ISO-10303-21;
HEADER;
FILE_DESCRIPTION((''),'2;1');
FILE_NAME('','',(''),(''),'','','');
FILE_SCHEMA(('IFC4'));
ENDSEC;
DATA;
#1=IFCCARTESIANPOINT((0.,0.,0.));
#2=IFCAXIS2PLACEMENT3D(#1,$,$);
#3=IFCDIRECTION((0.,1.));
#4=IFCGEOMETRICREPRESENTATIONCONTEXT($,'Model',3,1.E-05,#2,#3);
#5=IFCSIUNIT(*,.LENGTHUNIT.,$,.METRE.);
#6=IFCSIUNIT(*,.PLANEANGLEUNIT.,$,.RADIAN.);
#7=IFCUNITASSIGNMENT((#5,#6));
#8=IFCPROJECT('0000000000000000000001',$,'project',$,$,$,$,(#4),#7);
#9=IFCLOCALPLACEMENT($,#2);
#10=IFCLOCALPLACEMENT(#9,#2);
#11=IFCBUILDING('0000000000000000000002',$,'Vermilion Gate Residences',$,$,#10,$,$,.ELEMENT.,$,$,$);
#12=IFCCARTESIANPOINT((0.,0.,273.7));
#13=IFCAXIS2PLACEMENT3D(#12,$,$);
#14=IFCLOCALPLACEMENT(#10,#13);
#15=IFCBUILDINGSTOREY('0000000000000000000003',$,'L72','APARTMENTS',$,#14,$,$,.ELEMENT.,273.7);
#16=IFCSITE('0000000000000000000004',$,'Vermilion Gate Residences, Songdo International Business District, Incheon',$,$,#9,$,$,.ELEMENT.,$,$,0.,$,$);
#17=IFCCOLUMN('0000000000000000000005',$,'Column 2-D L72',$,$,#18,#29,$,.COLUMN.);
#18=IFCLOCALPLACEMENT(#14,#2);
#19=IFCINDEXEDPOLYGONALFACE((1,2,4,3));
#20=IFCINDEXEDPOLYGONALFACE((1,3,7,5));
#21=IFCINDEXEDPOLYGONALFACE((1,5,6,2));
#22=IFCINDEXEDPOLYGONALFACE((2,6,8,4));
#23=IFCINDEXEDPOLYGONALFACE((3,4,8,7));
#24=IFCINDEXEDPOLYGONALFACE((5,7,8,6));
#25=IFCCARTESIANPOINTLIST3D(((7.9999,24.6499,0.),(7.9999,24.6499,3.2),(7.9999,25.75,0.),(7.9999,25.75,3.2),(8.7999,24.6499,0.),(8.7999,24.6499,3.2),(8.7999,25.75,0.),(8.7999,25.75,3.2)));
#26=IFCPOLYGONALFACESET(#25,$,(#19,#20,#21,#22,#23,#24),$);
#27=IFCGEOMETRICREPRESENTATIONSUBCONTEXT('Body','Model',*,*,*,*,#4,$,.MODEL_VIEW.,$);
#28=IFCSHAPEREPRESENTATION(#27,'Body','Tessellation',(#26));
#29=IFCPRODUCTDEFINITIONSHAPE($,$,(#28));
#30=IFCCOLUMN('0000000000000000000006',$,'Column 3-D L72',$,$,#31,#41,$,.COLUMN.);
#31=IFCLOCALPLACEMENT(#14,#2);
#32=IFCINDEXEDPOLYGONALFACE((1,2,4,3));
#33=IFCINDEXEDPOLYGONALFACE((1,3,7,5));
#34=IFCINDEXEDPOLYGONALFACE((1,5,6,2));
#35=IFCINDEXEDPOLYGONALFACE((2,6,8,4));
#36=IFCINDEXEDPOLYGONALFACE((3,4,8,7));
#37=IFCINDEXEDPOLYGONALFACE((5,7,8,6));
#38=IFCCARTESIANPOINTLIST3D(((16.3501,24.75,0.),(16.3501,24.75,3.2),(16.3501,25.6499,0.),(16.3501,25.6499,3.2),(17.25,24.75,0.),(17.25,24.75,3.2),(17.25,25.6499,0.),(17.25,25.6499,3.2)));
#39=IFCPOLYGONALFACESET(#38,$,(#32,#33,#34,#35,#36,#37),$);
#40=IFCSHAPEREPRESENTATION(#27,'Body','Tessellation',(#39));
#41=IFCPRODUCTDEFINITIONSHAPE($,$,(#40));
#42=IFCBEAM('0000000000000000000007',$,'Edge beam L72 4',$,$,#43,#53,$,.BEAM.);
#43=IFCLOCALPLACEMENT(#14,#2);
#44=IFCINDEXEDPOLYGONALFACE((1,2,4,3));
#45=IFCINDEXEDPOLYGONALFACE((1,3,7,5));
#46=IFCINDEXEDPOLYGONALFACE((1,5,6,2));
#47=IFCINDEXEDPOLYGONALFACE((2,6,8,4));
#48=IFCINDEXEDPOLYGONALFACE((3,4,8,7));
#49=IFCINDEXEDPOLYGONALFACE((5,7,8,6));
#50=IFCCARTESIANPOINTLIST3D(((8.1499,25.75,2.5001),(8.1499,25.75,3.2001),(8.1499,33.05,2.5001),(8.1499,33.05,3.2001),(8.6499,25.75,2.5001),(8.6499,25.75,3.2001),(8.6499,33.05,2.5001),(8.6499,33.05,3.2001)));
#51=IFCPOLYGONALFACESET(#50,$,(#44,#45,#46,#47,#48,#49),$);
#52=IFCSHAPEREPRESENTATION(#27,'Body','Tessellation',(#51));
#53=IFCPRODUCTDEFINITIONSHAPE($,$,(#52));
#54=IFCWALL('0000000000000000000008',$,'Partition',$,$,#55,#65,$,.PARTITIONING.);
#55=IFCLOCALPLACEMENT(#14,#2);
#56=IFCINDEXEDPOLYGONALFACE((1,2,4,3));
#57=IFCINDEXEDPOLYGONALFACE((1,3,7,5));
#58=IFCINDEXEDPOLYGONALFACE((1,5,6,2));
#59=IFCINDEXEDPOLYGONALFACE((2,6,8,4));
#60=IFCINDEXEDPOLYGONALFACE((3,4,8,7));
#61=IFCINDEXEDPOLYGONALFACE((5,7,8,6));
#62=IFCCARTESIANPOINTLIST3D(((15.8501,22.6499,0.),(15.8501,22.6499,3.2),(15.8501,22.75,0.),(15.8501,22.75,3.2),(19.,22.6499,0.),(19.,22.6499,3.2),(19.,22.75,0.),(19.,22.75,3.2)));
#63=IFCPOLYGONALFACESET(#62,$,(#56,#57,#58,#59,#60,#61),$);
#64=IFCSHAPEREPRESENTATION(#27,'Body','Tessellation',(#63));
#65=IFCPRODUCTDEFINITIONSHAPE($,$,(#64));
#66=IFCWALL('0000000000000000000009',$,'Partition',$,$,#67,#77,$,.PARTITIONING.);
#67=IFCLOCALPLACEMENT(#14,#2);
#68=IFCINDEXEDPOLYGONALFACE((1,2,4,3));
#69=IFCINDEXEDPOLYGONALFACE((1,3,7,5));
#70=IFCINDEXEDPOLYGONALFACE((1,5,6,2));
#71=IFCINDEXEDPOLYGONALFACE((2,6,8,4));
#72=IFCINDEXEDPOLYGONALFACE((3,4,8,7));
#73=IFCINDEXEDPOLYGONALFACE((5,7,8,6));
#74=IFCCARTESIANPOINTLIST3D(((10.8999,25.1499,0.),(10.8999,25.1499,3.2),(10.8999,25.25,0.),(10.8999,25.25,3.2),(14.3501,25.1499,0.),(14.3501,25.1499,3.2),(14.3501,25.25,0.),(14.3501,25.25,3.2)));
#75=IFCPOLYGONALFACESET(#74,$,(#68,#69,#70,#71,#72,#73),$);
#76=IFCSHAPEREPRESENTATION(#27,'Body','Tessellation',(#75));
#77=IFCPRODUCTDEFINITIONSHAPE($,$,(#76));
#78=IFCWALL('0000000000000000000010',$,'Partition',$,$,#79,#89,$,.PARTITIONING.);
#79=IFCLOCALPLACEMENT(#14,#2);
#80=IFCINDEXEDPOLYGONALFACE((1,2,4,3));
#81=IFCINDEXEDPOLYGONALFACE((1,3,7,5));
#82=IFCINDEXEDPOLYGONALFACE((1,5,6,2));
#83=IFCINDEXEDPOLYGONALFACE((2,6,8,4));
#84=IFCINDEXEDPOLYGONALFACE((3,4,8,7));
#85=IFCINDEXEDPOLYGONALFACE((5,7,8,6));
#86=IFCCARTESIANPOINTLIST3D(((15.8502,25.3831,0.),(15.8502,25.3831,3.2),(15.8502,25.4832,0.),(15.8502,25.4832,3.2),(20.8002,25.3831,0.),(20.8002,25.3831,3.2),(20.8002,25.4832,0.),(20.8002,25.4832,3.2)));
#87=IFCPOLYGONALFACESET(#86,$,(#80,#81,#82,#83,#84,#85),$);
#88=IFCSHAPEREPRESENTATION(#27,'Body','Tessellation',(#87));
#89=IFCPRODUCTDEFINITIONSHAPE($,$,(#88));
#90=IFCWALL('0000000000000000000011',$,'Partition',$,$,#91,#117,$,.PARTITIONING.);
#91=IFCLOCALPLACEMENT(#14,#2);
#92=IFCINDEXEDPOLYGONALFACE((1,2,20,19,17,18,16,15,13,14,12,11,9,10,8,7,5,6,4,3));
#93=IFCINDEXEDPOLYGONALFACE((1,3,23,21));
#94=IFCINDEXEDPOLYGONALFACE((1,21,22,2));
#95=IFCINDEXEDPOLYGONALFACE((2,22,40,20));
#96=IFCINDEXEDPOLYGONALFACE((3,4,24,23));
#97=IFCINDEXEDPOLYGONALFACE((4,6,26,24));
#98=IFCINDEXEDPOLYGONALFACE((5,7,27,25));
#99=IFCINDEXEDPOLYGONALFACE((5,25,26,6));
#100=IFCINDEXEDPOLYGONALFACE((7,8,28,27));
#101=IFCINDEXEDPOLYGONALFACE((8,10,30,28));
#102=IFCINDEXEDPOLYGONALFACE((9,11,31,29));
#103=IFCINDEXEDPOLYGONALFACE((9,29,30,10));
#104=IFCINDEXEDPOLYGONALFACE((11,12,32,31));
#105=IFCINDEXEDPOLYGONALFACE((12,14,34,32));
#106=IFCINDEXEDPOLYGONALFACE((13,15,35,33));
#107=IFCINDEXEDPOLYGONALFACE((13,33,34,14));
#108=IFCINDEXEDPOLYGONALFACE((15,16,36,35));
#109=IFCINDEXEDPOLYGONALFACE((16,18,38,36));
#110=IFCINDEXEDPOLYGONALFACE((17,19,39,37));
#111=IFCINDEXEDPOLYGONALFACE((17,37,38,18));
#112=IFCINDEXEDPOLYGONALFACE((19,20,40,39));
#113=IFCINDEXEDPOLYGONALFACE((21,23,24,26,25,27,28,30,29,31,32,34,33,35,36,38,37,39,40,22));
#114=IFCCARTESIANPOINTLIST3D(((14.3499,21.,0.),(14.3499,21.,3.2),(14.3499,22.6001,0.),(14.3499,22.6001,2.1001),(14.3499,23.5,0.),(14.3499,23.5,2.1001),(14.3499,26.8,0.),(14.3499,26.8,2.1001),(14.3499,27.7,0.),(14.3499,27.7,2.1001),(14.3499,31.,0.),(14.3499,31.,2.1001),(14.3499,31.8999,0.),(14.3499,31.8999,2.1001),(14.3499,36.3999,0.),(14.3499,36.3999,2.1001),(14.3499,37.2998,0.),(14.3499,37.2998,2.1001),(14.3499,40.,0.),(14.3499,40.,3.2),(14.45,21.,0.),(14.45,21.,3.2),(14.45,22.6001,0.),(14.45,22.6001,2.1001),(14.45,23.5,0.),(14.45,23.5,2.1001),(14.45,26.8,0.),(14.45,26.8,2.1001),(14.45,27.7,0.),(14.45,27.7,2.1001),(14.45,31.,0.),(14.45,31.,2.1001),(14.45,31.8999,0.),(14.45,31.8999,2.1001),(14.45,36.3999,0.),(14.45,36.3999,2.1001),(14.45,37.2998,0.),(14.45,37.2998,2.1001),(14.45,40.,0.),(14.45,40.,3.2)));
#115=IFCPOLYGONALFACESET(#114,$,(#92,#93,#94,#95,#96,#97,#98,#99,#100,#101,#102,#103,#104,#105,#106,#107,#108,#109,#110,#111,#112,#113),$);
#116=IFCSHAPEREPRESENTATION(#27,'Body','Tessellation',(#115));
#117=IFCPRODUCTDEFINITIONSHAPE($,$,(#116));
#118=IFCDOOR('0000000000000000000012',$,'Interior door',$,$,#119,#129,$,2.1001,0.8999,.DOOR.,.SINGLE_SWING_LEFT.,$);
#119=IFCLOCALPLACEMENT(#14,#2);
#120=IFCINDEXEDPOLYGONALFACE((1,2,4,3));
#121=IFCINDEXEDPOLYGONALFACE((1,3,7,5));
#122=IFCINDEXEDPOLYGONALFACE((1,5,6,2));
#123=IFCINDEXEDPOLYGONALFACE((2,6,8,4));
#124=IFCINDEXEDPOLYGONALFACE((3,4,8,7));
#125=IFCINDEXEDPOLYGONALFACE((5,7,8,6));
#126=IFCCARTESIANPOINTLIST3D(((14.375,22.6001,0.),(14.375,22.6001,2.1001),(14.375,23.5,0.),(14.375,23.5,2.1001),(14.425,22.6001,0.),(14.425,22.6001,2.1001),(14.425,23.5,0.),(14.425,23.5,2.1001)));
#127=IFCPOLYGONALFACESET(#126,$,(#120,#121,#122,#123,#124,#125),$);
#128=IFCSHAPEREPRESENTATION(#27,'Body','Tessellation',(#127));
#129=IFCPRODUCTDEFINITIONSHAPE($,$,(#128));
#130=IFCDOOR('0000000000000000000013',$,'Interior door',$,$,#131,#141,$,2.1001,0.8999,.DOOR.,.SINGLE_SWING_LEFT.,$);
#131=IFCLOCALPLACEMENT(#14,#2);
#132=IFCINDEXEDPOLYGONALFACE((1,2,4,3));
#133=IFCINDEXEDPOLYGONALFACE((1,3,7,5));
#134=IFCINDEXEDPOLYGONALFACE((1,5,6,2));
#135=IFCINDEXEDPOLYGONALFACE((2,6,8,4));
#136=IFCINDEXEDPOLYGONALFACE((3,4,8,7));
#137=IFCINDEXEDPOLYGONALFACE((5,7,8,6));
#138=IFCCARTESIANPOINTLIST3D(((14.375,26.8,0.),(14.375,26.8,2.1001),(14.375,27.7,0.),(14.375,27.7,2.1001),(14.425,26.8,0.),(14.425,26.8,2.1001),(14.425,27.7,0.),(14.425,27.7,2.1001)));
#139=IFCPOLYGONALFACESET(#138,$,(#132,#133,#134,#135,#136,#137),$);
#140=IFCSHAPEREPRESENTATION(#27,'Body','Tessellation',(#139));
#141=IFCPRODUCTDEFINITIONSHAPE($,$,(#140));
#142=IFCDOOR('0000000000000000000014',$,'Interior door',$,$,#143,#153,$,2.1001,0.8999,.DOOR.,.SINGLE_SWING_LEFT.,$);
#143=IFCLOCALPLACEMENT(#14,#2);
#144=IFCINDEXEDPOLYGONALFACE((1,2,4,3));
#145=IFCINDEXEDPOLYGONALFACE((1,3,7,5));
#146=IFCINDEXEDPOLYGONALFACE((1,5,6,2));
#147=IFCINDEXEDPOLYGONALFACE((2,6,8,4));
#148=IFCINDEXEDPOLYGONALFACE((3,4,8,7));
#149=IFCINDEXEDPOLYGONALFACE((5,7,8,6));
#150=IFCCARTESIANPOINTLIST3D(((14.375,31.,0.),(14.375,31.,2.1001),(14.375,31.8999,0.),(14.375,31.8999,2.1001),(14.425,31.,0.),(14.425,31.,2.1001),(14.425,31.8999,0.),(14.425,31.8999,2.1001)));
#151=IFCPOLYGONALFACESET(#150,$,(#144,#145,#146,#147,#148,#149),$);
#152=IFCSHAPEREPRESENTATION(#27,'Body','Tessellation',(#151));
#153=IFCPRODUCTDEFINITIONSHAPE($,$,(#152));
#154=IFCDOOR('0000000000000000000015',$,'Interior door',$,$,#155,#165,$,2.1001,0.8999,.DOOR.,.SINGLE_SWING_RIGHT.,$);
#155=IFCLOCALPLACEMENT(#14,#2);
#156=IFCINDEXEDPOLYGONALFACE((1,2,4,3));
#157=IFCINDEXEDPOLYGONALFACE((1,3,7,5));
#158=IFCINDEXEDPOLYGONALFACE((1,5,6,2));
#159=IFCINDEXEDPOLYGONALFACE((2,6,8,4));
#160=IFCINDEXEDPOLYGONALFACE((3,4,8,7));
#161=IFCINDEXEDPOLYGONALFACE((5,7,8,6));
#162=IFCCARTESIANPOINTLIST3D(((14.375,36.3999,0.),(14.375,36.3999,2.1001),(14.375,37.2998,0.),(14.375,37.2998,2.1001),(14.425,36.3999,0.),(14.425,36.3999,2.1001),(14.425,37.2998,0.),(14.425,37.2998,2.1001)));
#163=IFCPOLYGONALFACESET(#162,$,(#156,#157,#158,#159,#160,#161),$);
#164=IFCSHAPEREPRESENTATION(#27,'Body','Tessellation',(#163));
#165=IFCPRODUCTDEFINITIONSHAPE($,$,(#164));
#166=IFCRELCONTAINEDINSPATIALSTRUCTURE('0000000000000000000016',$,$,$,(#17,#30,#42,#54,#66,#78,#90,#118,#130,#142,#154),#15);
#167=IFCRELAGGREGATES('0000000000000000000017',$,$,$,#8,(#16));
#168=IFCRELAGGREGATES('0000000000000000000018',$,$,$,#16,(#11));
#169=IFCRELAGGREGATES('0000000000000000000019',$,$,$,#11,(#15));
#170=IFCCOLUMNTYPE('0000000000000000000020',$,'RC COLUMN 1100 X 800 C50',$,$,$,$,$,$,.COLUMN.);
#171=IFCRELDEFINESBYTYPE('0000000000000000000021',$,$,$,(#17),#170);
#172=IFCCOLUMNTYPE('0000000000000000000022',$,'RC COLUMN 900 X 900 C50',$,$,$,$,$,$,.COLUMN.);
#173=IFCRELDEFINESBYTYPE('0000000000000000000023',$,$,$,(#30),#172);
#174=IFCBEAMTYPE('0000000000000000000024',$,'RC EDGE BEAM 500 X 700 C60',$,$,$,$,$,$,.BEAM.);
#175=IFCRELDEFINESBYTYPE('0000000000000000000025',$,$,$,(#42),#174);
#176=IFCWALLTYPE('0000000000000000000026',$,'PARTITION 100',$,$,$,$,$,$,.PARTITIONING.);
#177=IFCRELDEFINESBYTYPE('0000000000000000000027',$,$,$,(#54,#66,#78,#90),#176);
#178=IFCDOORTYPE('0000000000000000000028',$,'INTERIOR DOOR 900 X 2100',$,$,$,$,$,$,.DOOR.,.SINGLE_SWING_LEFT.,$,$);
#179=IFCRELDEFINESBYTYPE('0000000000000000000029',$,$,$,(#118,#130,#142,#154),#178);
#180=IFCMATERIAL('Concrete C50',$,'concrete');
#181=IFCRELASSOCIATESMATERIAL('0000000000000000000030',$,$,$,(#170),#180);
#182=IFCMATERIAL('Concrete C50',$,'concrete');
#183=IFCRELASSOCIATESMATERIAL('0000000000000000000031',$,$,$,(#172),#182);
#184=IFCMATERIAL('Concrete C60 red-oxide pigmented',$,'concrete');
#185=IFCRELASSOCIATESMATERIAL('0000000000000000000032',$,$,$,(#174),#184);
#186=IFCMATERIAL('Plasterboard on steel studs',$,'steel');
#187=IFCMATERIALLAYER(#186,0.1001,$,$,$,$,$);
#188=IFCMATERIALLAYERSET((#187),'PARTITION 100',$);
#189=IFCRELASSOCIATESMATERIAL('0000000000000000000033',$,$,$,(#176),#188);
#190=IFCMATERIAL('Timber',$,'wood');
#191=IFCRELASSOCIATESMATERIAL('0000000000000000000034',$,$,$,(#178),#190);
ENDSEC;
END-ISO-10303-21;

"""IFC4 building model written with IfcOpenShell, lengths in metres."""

from ifc_helpers import new_model, si_unit, direction, frame, frame_2d, origin, origin_2d, place, context, subcontext, project, spatial, rectangle, extrude, material, layer, layer_set, material_profile, profile_set, type_object, element, fill, save


model = new_model("IFC4")

# Units and contexts
model_context = context("Model", 3, precision=1e-05, world=origin(), true_north=direction((0.0, 1.0)))
body_context = subcontext(model_context, "Body", "Model", "MODEL_VIEW")
ifc_project = project(units=[si_unit("LENGTHUNIT", "METRE"), si_unit("PLANEANGLEUNIT", "RADIAN")], contexts=[model_context])

# Site, building, storey
site_placement = place(None, origin())
site = spatial("IfcSite", under=ifc_project, at=site_placement, Name="Vermilion Gate Residences, Songdo International Business District, Incheon", CompositionType="ELEMENT", RefElevation=0.0)
building_placement = place(site_placement, origin())
building = spatial("IfcBuilding", under=site, at=building_placement, Name="Vermilion Gate Residences", CompositionType="ELEMENT")
storey_placement = place(building_placement, frame((0.0, 0.0, 273.7)))
storey = spatial("IfcBuildingStorey", under=building, at=storey_placement, Name="L72", Description="APARTMENTS", CompositionType="ELEMENT", Elevation=273.7)

# Columns
ifc_material_1 = material(Name="Concrete C50", Category="concrete")
ifc_material_profile_1 = material_profile(ifc_material_1, rectangle(XDim=1.1001, YDim=0.8, at=origin_2d()), Name="RC-1100x800")
ifc_profile_set_1 = profile_set([ifc_material_profile_1], Name="Concrete C50")
column_type_1 = type_object("IfcColumnType", Name="RC COLUMN 1100 X 800 C50", PredefinedType="COLUMN", material=ifc_profile_set_1)
column_1_placement = place(storey_placement, frame((8.3999, 25.2, 0.0), z_axis=(0.0, 0.0, 1.0), x_axis=(0.0, 1.0, 0.0)))
element("IfcColumn", 1, at=column_1_placement, inside=storey, type_object=column_type_1, Name="Column 2-D L72", PredefinedType="COLUMN", context=body_context, shape_type="SweptSolid", body=[
    extrude(rectangle(XDim=1.1001, YDim=0.8, at=origin_2d()), origin(), (0.0, 0.0, 1.0), 3.2),
])
ifc_material_2 = material(Name="Concrete C50", Category="concrete")
ifc_material_profile_2 = material_profile(ifc_material_2, rectangle(XDim=0.8999, YDim=0.8999, at=origin_2d()), Name="RC-900x900")
ifc_profile_set_2 = profile_set([ifc_material_profile_2], Name="Concrete C50")
column_type_2 = type_object("IfcColumnType", Name="RC COLUMN 900 X 900 C50", PredefinedType="COLUMN", material=ifc_profile_set_2)
column_2_placement = place(storey_placement, frame((16.8, 25.2, 0.0), z_axis=(0.0, 0.0, 1.0), x_axis=(1.0, 0.0, 0.0)))
element("IfcColumn", 2, at=column_2_placement, inside=storey, type_object=column_type_2, Name="Column 3-D L72", PredefinedType="COLUMN", context=body_context, shape_type="SweptSolid", body=[
    extrude(rectangle(XDim=0.8999, YDim=0.8999, at=origin_2d()), origin(), (0.0, 0.0, 1.0), 3.2),
])

# Beam
ifc_material_3 = material(Name="Concrete C60 red-oxide pigmented", Category="concrete")
ifc_material_profile_3 = material_profile(ifc_material_3, rectangle(XDim=0.5, YDim=0.7, at=origin_2d()), Name="RC-500x700")
ifc_profile_set_3 = profile_set([ifc_material_profile_3], Name="Concrete C60 red-oxide pigmented")
beam_type = type_object("IfcBeamType", Name="RC EDGE BEAM 500 X 700 C60", PredefinedType="BEAM", material=ifc_profile_set_3)
beam_placement = place(storey_placement, frame((8.3999, 25.75, 2.8501), z_axis=(0.0, 1.0, 0.0), x_axis=(-1.0, 0.0, 0.0)))
element("IfcBeam", 3, at=beam_placement, inside=storey, type_object=beam_type, Name="Edge beam L72 4", PredefinedType="BEAM", context=body_context, shape_type="SweptSolid", body=[
    extrude(rectangle(XDim=0.5, YDim=0.7, at=origin_2d()), origin(), (0.0, 0.0, 1.0), 7.3),
])

# Walls
ifc_material_4 = material(Name="Plasterboard on steel studs", Category="steel")
ifc_layer_1 = layer(ifc_material_4, 0.1001)
ifc_layer_set_1 = layer_set([ifc_layer_1], Name="PARTITION 100")
wall_type_1 = type_object("IfcWallType", Name="PARTITION 100", PredefinedType="PARTITIONING", material=ifc_layer_set_1)
wall_1_placement = place(storey_placement, frame((15.8501, 22.7, 0.0), z_axis=(0.0, 0.0, 1.0), x_axis=(1.0, 0.0, 0.0)))
element("IfcWall", 4, at=wall_1_placement, inside=storey, type_object=wall_type_1, Name="Partition", PredefinedType="PARTITIONING", context=body_context, shape_type="SweptSolid", body=[
    extrude(rectangle(XDim=3.1499, YDim=0.1001, at=frame_2d((1.575, 0.0))), origin(), (0.0, 0.0, 1.0), 3.2),
])
wall_2_placement = place(storey_placement, frame((10.8999, 25.2, 0.0), z_axis=(0.0, 0.0, 1.0), x_axis=(1.0, 0.0, 0.0)))
element("IfcWall", 5, at=wall_2_placement, inside=storey, type_object=wall_type_1, Name="Partition", PredefinedType="PARTITIONING", context=body_context, shape_type="SweptSolid", body=[
    extrude(rectangle(XDim=3.4502, YDim=0.1001, at=frame_2d((1.7251, 0.0))), origin(), (0.0, 0.0, 1.0), 3.2),
])
wall_3_placement = place(storey_placement, frame((15.8501, 25.4331, 0.0), z_axis=(0.0, 0.0, 1.0), x_axis=(1.0, 0.0, 0.0)))
element("IfcWall", 6, at=wall_3_placement, inside=storey, type_object=wall_type_1, Name="Partition", PredefinedType="PARTITIONING", context=body_context, shape_type="SweptSolid", body=[
    extrude(rectangle(XDim=4.95, YDim=0.1001, at=frame_2d((2.4751, 0.0))), origin(), (0.0, 0.0, 1.0), 3.2),
])

# Wall, openings, doors
wall_4_placement = place(storey_placement, frame((14.3999, 21.0, 0.0), z_axis=(0.0, 0.0, 1.0), x_axis=(0.0, 1.0, 0.0)))
wall_4 = element("IfcWall", 7, at=wall_4_placement, inside=storey, type_object=wall_type_1, Name="Partition", PredefinedType="PARTITIONING", context=body_context, shape_type="SweptSolid", body=[
    extrude(rectangle(XDim=19.0, YDim=0.1001, at=frame_2d((9.5, 0.0))), origin(), (0.0, 0.0, 1.0), 3.2),
])
opening_1_placement = place(wall_4_placement, frame((1.6001, 0.0, 0.0)))
opening_1 = element("IfcOpeningElement", 8, at=opening_1_placement, cuts=wall_4, PredefinedType="OPENING", context=body_context, shape_type="SweptSolid", body=[
    extrude(rectangle(XDim=0.8999, YDim=2.1001, at=frame_2d((0.45, 1.05))), frame((0.0, 0.0601, 0.0), z_axis=(0.0, -1.0, 0.0), x_axis=(1.0, 0.0, 0.0)), (0.0, 0.0, 1.0), 0.1201),
])
opening_2_placement = place(wall_4_placement, frame((5.8, 0.0, 0.0)))
opening_2 = element("IfcOpeningElement", 9, at=opening_2_placement, cuts=wall_4, PredefinedType="OPENING", context=body_context, shape_type="SweptSolid", body=[
    extrude(rectangle(XDim=0.8999, YDim=2.1001, at=frame_2d((0.45, 1.05))), frame((0.0, 0.0601, 0.0), z_axis=(0.0, -1.0, 0.0), x_axis=(1.0, 0.0, 0.0)), (0.0, 0.0, 1.0), 0.1201),
])
opening_3_placement = place(wall_4_placement, frame((10.0, 0.0, 0.0)))
opening_3 = element("IfcOpeningElement", 10, at=opening_3_placement, cuts=wall_4, PredefinedType="OPENING", context=body_context, shape_type="SweptSolid", body=[
    extrude(rectangle(XDim=0.8999, YDim=2.1001, at=frame_2d((0.45, 1.05))), frame((0.0, 0.0601, 0.0), z_axis=(0.0, -1.0, 0.0), x_axis=(1.0, 0.0, 0.0)), (0.0, 0.0, 1.0), 0.1201),
])
opening_4_placement = place(wall_4_placement, frame((15.3999, 0.0, 0.0)))
opening_4 = element("IfcOpeningElement", 11, at=opening_4_placement, cuts=wall_4, PredefinedType="OPENING", context=body_context, shape_type="SweptSolid", body=[
    extrude(rectangle(XDim=0.8999, YDim=2.1001, at=frame_2d((0.45, 1.05))), frame((0.0, 0.0601, 0.0), z_axis=(0.0, -1.0, 0.0), x_axis=(1.0, 0.0, 0.0)), (0.0, 0.0, 1.0), 0.1201),
])
ifc_material_5 = material(Name="Timber", Category="wood")
door_type_1 = type_object("IfcDoorType", Name="INTERIOR DOOR 900 X 2100", OperationType="SINGLE_SWING_LEFT", PredefinedType="DOOR", material=ifc_material_5)
door_1_placement = place(opening_1_placement, origin())
door_1 = element("IfcDoor", 12, at=door_1_placement, inside=storey, type_object=door_type_1, Name="Interior door", OperationType="SINGLE_SWING_LEFT", OverallHeight=2.1001, OverallWidth=0.8999, PredefinedType="DOOR", context=body_context, shape_type="SweptSolid", body=[
    extrude(rectangle(XDim=0.8999, YDim=2.1001, at=frame_2d((0.45, 1.05))), frame((0.0, 0.0249, 0.0), z_axis=(0.0, -1.0, 0.0), x_axis=(1.0, 0.0, 0.0)), (0.0, 0.0, 1.0), 0.05),
])
fill(opening_1, door_1)
door_2_placement = place(opening_2_placement, origin())
door_2 = element("IfcDoor", 13, at=door_2_placement, inside=storey, type_object=door_type_1, Name="Interior door", OperationType="SINGLE_SWING_LEFT", OverallHeight=2.1001, OverallWidth=0.8999, PredefinedType="DOOR", context=body_context, shape_type="SweptSolid", body=[
    extrude(rectangle(XDim=0.8999, YDim=2.1001, at=frame_2d((0.45, 1.05))), frame((0.0, 0.0249, 0.0), z_axis=(0.0, -1.0, 0.0), x_axis=(1.0, 0.0, 0.0)), (0.0, 0.0, 1.0), 0.05),
])
fill(opening_2, door_2)
door_3_placement = place(opening_3_placement, origin())
door_3 = element("IfcDoor", 14, at=door_3_placement, inside=storey, type_object=door_type_1, Name="Interior door", OperationType="SINGLE_SWING_LEFT", OverallHeight=2.1001, OverallWidth=0.8999, PredefinedType="DOOR", context=body_context, shape_type="SweptSolid", body=[
    extrude(rectangle(XDim=0.8999, YDim=2.1001, at=frame_2d((0.45, 1.05))), frame((0.0, 0.0249, 0.0), z_axis=(0.0, -1.0, 0.0), x_axis=(1.0, 0.0, 0.0)), (0.0, 0.0, 1.0), 0.05),
])
fill(opening_3, door_3)
door_4_placement = place(opening_4_placement, origin())
door_4 = element("IfcDoor", 15, at=door_4_placement, inside=storey, type_object=door_type_1, Name="Interior door", OperationType="SINGLE_SWING_RIGHT", OverallHeight=2.1001, OverallWidth=0.8999, PredefinedType="DOOR", context=body_context, shape_type="SweptSolid", body=[
    extrude(rectangle(XDim=0.8999, YDim=2.1001, at=frame_2d((0.45, 1.05))), frame((0.0, 0.0249, 0.0), z_axis=(0.0, -1.0, 0.0), x_axis=(1.0, 0.0, 0.0)), (0.0, 0.0, 1.0), 0.05),
])
fill(opening_4, door_4)

save(model, "model.ifc")
